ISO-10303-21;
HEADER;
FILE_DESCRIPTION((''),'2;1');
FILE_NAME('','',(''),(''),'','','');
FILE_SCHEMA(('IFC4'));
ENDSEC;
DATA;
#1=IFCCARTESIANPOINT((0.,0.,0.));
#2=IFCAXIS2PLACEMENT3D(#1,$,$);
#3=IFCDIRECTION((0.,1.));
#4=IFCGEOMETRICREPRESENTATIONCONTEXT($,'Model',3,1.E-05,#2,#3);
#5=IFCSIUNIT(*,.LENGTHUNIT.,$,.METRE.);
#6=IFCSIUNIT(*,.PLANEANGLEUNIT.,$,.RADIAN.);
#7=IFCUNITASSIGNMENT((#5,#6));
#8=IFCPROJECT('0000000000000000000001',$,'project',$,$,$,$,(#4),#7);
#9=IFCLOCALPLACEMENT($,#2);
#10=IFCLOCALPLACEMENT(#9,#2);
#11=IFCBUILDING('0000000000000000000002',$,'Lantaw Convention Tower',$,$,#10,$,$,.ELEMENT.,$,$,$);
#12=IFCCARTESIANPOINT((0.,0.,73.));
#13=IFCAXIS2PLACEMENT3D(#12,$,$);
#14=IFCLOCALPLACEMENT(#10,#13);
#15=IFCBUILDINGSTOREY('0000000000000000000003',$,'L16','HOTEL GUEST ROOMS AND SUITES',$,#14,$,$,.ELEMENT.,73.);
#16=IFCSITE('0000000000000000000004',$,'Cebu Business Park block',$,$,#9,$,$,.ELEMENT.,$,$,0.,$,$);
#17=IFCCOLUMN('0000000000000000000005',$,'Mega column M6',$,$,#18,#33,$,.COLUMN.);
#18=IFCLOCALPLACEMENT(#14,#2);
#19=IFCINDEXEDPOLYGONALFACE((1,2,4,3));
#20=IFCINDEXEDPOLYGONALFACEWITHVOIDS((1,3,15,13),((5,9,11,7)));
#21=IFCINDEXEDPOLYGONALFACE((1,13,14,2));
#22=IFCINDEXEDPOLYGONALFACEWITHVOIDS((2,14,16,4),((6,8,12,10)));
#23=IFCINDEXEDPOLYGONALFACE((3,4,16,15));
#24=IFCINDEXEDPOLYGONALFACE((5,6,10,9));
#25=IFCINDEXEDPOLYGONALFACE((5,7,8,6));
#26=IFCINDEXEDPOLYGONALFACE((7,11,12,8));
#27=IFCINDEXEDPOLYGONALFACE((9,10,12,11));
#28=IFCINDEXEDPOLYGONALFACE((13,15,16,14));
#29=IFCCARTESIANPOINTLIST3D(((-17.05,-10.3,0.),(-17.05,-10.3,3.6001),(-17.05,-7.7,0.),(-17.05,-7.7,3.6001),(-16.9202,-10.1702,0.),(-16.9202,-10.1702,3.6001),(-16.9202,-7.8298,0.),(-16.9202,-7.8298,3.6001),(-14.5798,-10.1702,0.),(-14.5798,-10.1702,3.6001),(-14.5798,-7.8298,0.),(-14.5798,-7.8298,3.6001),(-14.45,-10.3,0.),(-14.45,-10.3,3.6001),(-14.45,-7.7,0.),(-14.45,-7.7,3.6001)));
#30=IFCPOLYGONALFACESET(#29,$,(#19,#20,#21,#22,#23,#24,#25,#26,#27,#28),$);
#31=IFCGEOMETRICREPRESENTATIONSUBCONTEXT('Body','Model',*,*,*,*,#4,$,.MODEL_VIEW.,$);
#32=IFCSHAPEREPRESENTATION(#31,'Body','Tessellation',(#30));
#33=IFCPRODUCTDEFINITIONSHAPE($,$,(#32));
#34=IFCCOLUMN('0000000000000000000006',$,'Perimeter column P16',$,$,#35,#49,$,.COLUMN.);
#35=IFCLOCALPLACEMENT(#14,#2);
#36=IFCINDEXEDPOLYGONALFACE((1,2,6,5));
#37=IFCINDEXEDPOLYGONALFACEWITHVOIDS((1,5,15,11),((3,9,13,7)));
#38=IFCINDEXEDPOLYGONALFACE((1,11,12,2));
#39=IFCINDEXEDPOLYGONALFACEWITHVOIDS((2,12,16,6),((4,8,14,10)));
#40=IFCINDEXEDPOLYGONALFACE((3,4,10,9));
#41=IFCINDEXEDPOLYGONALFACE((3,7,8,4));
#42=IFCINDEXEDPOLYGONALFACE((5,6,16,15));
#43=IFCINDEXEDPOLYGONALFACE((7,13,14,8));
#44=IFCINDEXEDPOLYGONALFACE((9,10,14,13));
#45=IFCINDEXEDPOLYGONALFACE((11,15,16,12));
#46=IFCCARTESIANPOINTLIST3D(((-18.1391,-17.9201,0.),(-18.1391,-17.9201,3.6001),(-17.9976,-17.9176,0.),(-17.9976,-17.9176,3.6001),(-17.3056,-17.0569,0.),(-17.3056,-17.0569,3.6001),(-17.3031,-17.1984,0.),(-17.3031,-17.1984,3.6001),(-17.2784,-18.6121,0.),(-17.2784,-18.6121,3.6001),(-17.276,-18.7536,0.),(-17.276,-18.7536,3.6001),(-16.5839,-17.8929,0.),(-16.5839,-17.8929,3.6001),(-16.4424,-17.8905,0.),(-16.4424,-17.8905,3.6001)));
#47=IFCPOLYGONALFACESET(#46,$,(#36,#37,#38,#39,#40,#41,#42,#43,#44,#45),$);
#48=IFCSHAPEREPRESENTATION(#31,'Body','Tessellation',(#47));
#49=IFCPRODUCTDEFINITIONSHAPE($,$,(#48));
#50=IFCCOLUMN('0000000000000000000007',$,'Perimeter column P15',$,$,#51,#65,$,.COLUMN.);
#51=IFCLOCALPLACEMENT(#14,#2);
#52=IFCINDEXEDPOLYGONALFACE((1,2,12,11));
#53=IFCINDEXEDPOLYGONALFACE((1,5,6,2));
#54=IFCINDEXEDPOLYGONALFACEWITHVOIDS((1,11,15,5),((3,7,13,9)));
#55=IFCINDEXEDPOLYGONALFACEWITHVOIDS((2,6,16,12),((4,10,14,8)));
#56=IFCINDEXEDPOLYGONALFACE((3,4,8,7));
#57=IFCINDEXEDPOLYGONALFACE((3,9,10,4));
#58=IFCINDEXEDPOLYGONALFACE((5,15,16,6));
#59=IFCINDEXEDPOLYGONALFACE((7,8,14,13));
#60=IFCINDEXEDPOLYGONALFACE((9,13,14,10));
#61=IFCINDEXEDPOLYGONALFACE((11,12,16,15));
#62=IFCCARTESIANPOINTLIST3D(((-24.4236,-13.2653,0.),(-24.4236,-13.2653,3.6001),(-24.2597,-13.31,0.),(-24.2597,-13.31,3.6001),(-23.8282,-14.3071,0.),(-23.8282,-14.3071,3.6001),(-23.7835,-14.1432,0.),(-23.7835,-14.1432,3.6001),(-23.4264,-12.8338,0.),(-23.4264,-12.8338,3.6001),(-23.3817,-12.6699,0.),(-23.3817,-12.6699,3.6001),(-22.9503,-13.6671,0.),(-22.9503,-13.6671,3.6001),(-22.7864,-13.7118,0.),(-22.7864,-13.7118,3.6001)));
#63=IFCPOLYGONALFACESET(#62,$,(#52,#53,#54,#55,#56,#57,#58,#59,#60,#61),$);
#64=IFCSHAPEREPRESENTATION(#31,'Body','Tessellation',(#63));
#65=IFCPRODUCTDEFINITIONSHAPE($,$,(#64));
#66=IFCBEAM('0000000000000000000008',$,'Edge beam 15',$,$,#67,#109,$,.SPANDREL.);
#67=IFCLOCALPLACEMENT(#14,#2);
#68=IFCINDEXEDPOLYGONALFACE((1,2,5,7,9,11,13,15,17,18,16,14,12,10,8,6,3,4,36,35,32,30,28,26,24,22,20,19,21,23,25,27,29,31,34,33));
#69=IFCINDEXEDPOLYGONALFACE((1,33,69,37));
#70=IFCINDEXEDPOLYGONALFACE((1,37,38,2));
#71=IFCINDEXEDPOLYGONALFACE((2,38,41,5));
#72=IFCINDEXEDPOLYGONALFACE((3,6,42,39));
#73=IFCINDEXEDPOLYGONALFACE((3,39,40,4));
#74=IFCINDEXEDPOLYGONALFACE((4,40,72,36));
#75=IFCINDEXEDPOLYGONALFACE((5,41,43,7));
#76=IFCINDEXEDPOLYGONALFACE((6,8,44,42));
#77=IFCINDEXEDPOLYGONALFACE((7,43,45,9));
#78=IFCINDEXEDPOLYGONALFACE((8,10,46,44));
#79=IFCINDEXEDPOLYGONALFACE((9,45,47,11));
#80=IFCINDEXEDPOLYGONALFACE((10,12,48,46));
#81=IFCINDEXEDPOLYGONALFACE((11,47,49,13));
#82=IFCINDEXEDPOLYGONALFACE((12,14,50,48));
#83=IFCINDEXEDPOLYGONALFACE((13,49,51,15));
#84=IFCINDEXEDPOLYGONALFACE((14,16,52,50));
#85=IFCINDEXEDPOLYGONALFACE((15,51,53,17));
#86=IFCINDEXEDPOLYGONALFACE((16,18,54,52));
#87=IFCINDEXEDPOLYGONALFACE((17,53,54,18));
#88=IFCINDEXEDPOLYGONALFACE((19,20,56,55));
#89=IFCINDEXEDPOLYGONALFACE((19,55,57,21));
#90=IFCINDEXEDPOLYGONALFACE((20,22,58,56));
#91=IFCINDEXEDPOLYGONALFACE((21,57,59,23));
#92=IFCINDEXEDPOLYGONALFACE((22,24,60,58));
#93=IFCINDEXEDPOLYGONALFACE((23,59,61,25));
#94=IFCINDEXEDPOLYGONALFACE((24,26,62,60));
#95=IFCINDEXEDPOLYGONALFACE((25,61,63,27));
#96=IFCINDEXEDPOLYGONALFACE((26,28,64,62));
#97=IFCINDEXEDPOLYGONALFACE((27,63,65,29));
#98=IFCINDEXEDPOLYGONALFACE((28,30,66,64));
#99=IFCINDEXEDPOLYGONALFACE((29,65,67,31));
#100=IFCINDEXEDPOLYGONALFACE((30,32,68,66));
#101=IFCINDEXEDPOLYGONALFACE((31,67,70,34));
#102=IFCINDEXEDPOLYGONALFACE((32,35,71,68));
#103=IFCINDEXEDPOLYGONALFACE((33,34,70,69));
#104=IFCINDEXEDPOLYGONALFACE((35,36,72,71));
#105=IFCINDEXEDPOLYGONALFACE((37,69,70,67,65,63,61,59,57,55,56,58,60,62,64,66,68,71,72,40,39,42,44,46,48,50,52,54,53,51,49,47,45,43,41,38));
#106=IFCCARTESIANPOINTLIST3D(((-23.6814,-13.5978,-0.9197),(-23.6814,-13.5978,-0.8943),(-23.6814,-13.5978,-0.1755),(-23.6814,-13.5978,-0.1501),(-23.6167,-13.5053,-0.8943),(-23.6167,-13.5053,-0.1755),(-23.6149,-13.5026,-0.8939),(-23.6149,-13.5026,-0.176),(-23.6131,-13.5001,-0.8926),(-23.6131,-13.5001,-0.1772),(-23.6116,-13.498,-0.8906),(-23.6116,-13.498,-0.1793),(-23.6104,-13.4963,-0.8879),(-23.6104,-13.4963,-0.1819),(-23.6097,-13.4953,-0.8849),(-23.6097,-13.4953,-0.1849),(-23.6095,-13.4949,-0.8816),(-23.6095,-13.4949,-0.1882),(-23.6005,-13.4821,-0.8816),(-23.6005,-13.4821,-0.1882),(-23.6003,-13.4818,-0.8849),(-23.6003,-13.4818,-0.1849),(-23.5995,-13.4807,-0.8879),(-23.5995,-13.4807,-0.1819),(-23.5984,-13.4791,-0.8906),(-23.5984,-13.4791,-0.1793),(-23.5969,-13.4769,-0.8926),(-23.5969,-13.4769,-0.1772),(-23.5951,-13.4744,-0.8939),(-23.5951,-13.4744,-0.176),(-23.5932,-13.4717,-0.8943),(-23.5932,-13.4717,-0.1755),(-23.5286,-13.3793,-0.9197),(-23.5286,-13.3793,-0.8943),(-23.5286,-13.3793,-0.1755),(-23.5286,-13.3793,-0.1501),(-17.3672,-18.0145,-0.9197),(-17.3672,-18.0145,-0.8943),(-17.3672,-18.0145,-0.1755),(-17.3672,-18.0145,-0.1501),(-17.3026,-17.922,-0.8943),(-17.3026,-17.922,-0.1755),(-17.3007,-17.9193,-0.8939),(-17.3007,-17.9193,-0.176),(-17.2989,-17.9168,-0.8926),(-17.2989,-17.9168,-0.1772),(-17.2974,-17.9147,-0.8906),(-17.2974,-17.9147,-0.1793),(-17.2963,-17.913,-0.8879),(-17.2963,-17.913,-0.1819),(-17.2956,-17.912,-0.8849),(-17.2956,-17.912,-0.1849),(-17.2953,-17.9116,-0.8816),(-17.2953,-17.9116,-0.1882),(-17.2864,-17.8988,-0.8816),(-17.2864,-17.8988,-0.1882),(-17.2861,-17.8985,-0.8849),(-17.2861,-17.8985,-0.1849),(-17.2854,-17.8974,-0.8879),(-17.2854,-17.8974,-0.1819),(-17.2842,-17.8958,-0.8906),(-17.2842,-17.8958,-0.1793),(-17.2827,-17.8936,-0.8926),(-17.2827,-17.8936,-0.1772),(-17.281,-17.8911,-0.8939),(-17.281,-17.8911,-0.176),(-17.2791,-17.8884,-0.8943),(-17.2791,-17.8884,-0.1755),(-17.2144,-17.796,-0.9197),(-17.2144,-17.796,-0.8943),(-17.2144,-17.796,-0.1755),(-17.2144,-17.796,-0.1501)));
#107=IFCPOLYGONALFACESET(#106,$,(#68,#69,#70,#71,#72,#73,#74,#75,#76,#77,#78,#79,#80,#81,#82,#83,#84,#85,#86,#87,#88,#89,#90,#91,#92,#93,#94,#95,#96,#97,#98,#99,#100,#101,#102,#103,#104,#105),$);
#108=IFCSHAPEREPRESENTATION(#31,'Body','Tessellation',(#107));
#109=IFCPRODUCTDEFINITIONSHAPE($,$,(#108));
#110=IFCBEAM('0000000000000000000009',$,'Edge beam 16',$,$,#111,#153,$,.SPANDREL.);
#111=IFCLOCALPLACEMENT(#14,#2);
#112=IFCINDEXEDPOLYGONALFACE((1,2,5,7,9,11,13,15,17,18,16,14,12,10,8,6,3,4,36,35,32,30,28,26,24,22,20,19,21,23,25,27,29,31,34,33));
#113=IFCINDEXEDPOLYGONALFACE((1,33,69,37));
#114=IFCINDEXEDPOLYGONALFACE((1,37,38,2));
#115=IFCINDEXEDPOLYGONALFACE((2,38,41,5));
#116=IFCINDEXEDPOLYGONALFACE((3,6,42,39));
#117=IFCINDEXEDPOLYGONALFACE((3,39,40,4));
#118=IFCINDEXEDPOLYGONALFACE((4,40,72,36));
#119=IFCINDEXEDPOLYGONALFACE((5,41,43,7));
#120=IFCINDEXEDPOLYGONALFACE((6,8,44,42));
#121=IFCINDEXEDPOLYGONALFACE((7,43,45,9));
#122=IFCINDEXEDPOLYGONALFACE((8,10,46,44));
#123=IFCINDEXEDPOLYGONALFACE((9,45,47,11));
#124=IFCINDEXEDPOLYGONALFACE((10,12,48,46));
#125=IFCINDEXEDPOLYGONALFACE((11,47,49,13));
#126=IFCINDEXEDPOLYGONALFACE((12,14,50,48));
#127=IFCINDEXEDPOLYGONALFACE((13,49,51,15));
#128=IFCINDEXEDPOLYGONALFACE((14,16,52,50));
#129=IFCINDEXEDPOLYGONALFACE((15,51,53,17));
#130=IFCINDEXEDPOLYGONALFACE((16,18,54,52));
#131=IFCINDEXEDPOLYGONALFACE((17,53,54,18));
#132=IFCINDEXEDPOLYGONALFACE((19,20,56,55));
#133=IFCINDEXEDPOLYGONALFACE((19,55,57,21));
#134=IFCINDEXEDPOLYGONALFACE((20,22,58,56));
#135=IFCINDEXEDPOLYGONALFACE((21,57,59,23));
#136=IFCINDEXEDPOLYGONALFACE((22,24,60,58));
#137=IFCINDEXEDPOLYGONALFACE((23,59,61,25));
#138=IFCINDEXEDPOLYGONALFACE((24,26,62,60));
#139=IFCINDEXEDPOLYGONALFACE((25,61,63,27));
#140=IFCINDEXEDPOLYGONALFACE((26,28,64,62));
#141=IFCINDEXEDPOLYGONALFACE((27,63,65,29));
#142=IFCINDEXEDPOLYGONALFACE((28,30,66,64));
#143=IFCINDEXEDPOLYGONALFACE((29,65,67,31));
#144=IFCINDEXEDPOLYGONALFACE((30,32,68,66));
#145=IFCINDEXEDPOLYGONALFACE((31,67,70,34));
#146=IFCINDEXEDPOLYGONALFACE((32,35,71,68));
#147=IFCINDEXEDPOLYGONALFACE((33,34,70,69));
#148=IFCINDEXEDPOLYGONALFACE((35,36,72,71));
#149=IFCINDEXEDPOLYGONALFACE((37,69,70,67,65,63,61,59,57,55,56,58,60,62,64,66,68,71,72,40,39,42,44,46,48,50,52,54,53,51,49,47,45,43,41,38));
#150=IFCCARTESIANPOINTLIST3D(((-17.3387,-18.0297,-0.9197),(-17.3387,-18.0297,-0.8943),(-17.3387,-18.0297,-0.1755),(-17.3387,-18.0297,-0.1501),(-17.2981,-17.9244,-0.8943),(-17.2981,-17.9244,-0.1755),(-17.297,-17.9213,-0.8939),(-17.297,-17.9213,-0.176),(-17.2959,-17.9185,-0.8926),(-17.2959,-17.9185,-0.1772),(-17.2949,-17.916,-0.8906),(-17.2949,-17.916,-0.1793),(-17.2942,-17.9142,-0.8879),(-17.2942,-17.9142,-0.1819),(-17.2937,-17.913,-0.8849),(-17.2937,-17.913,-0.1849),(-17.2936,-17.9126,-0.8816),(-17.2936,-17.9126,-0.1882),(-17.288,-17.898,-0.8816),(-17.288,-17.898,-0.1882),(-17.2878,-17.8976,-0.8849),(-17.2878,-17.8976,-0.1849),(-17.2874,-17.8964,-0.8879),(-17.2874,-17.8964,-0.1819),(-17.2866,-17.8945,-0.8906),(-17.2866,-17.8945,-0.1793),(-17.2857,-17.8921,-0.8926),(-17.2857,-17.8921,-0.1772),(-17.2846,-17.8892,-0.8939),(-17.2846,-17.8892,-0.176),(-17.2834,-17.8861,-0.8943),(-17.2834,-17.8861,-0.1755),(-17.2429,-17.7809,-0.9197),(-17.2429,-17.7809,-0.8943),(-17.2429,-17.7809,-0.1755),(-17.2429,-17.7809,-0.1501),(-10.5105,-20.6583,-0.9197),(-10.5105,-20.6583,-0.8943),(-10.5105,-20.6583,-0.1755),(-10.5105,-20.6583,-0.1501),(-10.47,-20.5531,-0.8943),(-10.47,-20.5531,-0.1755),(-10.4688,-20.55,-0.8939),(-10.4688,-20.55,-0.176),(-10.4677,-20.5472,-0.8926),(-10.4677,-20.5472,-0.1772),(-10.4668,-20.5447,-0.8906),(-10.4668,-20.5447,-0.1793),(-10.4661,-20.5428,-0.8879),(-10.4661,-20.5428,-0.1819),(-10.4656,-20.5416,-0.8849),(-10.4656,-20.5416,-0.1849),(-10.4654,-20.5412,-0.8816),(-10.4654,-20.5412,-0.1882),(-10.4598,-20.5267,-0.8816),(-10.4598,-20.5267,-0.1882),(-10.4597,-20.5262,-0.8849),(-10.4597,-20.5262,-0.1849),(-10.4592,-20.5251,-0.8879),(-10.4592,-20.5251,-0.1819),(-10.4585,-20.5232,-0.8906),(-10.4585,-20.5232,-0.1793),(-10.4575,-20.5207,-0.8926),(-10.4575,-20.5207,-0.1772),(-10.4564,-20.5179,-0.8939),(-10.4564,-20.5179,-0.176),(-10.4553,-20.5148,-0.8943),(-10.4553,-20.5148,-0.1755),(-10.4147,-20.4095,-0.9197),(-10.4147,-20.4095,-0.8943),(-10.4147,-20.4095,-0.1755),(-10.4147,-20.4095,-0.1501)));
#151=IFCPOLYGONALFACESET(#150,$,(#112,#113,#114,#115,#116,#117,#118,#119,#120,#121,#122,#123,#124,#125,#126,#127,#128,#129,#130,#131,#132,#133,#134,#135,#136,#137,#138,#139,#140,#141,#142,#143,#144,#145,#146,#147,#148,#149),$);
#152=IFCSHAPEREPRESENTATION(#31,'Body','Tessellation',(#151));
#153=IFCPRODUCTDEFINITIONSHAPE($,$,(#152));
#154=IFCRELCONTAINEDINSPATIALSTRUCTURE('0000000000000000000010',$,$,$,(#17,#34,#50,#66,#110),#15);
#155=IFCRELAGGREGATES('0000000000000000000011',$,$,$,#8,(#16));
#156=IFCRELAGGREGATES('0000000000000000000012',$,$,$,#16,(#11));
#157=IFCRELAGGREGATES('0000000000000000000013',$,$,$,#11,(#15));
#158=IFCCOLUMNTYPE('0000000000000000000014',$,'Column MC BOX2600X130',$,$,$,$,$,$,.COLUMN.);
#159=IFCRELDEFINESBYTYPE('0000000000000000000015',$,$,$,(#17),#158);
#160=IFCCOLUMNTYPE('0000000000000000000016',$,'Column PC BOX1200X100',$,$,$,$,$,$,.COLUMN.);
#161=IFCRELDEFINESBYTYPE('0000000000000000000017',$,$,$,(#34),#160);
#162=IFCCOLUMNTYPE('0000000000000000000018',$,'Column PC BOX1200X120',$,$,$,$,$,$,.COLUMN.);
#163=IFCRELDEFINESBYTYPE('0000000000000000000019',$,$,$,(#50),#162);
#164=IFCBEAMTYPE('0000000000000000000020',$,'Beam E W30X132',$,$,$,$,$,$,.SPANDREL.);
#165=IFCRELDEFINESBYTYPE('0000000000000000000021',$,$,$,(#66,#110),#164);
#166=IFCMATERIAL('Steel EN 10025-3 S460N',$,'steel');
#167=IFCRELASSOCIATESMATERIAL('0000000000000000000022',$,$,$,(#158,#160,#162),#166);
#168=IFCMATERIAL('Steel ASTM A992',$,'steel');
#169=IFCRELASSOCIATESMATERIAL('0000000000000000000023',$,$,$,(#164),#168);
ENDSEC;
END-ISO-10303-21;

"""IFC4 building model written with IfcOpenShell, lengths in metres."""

from ifc_helpers import new_model, si_unit, direction, frame, origin, origin_2d, place, context, subcontext, project, spatial, rectangle, hollow_rectangle, i_section, extrude, material, material_profile, profile_set, type_object, element, save


model = new_model("IFC4")

# Units and contexts
model_context = context("Model", 3, precision=1e-05, world=origin(), true_north=direction((0.0, 1.0)))
body_context = subcontext(model_context, "Body", "Model", "MODEL_VIEW")
ifc_project = project(units=[si_unit("LENGTHUNIT", "METRE"), si_unit("PLANEANGLEUNIT", "RADIAN")], contexts=[model_context])

# Site, building, storey
site_placement = place(None, origin())
site = spatial("IfcSite", under=ifc_project, at=site_placement, Name="Cebu Business Park block", CompositionType="ELEMENT", RefElevation=0.0)
building_placement = place(site_placement, origin())
building = spatial("IfcBuilding", under=site, at=building_placement, Name="Lantaw Convention Tower", CompositionType="ELEMENT")
storey_placement = place(building_placement, frame((0.0, 0.0, 73.0)))
storey = spatial("IfcBuildingStorey", under=building, at=storey_placement, Name="L16", Description="HOTEL GUEST ROOMS AND SUITES", CompositionType="ELEMENT", Elevation=73.0)

# Columns
ifc_material_1 = material(Name="Steel EN 10025-3 S460N", Category="steel")
ifc_material_profile_1 = material_profile(ifc_material_1, hollow_rectangle(XDim=2.6001, YDim=2.6001, WallThickness=0.1299, at=origin_2d()), Name="BOX2600X130")
ifc_material_2 = material(Name="Concrete C60/75", Category="concrete")
ifc_material_profile_2 = material_profile(ifc_material_2, rectangle(XDim=2.3401, YDim=2.3401, at=origin_2d()), Name="Concrete fill of BOX2600X130")
ifc_profile_set_1 = profile_set([ifc_material_profile_1, ifc_material_profile_2], Name="Steel EN 10025-3 S460N")
column_type_1 = type_object("IfcColumnType", Name="Column MC BOX2600X130", PredefinedType="COLUMN", material=ifc_profile_set_1)
column_1_placement = place(storey_placement, frame((-15.75, -9.0, 0.0), z_axis=(0.0, 0.0, 1.0), x_axis=(1.0, 0.0, 0.0)))
element("IfcColumn", 1, at=column_1_placement, inside=storey, type_object=column_type_1, Name="Mega column M6", PredefinedType="COLUMN", context=body_context, shape_type="SweptSolid", body=[
    extrude(hollow_rectangle(XDim=2.6001, YDim=2.6001, WallThickness=0.1299, at=origin_2d()), origin(), (0.0, 0.0, 1.0), 3.6001),
])
ifc_material_profile_3 = material_profile(ifc_material_1, hollow_rectangle(XDim=1.2, YDim=1.2, WallThickness=0.1001, at=origin_2d()), Name="BOX1200X100")
ifc_material_profile_4 = material_profile(ifc_material_2, rectangle(XDim=1.0, YDim=1.0, at=origin_2d()), Name="Concrete fill of BOX1200X100")
ifc_profile_set_2 = profile_set([ifc_material_profile_3, ifc_material_profile_4], Name="Steel EN 10025-3 S460N")
column_type_2 = type_object("IfcColumnType", Name="Column PC BOX1200X100", PredefinedType="COLUMN", material=ifc_profile_set_2)
column_2_placement = place(storey_placement, frame((-17.2908, -17.9053, 0.0), z_axis=(0.0, 0.0, 1.0), x_axis=(0.694658, 0.71934, 0.0)))
element("IfcColumn", 2, at=column_2_placement, inside=storey, type_object=column_type_2, Name="Perimeter column P16", PredefinedType="COLUMN", context=body_context, shape_type="SweptSolid", body=[
    extrude(hollow_rectangle(XDim=1.2, YDim=1.2, WallThickness=0.1001, at=origin_2d()), origin(), (0.0, 0.0, 1.0), 3.6001),
])
ifc_material_profile_5 = material_profile(ifc_material_1, hollow_rectangle(XDim=1.2, YDim=1.2, WallThickness=0.1201, at=origin_2d()), Name="BOX1200X120")
ifc_material_profile_6 = material_profile(ifc_material_2, rectangle(XDim=0.96, YDim=0.96, at=origin_2d()), Name="Concrete fill of BOX1200X120")
ifc_profile_set_3 = profile_set([ifc_material_profile_5, ifc_material_profile_6], Name="Steel EN 10025-3 S460N")
column_type_3 = type_object("IfcColumnType", Name="Column PC BOX1200X120", PredefinedType="COLUMN", material=ifc_profile_set_3)
column_3_placement = place(storey_placement, frame((-23.605, -13.4885, 0.0), z_axis=(0.0, 0.0, 1.0), x_axis=(0.868243, 0.496139, 0.0)))
element("IfcColumn", 3, at=column_3_placement, inside=storey, type_object=column_type_3, Name="Perimeter column P15", PredefinedType="COLUMN", context=body_context, shape_type="SweptSolid", body=[
    extrude(hollow_rectangle(XDim=1.2, YDim=1.2, WallThickness=0.1201, at=origin_2d()), origin(), (0.0, 0.0, 1.0), 3.6001),
])

# Beams
ifc_material_3 = material(Name="Steel ASTM A992", Category="steel")
ifc_material_profile_7 = material_profile(ifc_material_3, i_section(OverallWidth=0.2666, OverallDepth=0.7695, WebThickness=0.0156, FlangeThickness=0.0254, FilletRadius=0.0127, at=origin_2d()), Name="W30X132")
ifc_profile_set_4 = profile_set([ifc_material_profile_7], Name="Steel ASTM A992")
beam_type_1 = type_object("IfcBeamType", Name="Beam E W30X132", PredefinedType="SPANDREL", material=ifc_profile_set_4)
beam_1_placement = place(storey_placement, frame((-23.605, -13.4885, -0.5349), z_axis=(0.819427, -0.573184, 0.0), x_axis=(0.573184, 0.819427, 0.0)))
element("IfcBeam", 4, at=beam_1_placement, inside=storey, type_object=beam_type_1, Name="Edge beam 15", PredefinedType="SPANDREL", context=body_context, shape_type="SweptSolid", body=[
    extrude(i_section(OverallWidth=0.2666, OverallDepth=0.7695, WebThickness=0.0156, FlangeThickness=0.0254, FilletRadius=0.0127, at=origin_2d()), origin(), (0.0, 0.0, 1.0), 7.7056),
])
beam_2_placement = place(storey_placement, frame((-17.2908, -17.9053, -0.5349), z_axis=(0.933233, -0.359272, 0.0), x_axis=(0.359272, 0.933233, 0.0)))
element("IfcBeam", 5, at=beam_2_placement, inside=storey, type_object=beam_type_1, Name="Edge beam 16", PredefinedType="SPANDREL", context=body_context, shape_type="SweptSolid", body=[
    extrude(i_section(OverallWidth=0.2666, OverallDepth=0.7695, WebThickness=0.0156, FlangeThickness=0.0254, FilletRadius=0.0127, at=origin_2d()), origin(), (0.0, 0.0, 1.0), 7.3167),
])

save(model, "model.ifc")
